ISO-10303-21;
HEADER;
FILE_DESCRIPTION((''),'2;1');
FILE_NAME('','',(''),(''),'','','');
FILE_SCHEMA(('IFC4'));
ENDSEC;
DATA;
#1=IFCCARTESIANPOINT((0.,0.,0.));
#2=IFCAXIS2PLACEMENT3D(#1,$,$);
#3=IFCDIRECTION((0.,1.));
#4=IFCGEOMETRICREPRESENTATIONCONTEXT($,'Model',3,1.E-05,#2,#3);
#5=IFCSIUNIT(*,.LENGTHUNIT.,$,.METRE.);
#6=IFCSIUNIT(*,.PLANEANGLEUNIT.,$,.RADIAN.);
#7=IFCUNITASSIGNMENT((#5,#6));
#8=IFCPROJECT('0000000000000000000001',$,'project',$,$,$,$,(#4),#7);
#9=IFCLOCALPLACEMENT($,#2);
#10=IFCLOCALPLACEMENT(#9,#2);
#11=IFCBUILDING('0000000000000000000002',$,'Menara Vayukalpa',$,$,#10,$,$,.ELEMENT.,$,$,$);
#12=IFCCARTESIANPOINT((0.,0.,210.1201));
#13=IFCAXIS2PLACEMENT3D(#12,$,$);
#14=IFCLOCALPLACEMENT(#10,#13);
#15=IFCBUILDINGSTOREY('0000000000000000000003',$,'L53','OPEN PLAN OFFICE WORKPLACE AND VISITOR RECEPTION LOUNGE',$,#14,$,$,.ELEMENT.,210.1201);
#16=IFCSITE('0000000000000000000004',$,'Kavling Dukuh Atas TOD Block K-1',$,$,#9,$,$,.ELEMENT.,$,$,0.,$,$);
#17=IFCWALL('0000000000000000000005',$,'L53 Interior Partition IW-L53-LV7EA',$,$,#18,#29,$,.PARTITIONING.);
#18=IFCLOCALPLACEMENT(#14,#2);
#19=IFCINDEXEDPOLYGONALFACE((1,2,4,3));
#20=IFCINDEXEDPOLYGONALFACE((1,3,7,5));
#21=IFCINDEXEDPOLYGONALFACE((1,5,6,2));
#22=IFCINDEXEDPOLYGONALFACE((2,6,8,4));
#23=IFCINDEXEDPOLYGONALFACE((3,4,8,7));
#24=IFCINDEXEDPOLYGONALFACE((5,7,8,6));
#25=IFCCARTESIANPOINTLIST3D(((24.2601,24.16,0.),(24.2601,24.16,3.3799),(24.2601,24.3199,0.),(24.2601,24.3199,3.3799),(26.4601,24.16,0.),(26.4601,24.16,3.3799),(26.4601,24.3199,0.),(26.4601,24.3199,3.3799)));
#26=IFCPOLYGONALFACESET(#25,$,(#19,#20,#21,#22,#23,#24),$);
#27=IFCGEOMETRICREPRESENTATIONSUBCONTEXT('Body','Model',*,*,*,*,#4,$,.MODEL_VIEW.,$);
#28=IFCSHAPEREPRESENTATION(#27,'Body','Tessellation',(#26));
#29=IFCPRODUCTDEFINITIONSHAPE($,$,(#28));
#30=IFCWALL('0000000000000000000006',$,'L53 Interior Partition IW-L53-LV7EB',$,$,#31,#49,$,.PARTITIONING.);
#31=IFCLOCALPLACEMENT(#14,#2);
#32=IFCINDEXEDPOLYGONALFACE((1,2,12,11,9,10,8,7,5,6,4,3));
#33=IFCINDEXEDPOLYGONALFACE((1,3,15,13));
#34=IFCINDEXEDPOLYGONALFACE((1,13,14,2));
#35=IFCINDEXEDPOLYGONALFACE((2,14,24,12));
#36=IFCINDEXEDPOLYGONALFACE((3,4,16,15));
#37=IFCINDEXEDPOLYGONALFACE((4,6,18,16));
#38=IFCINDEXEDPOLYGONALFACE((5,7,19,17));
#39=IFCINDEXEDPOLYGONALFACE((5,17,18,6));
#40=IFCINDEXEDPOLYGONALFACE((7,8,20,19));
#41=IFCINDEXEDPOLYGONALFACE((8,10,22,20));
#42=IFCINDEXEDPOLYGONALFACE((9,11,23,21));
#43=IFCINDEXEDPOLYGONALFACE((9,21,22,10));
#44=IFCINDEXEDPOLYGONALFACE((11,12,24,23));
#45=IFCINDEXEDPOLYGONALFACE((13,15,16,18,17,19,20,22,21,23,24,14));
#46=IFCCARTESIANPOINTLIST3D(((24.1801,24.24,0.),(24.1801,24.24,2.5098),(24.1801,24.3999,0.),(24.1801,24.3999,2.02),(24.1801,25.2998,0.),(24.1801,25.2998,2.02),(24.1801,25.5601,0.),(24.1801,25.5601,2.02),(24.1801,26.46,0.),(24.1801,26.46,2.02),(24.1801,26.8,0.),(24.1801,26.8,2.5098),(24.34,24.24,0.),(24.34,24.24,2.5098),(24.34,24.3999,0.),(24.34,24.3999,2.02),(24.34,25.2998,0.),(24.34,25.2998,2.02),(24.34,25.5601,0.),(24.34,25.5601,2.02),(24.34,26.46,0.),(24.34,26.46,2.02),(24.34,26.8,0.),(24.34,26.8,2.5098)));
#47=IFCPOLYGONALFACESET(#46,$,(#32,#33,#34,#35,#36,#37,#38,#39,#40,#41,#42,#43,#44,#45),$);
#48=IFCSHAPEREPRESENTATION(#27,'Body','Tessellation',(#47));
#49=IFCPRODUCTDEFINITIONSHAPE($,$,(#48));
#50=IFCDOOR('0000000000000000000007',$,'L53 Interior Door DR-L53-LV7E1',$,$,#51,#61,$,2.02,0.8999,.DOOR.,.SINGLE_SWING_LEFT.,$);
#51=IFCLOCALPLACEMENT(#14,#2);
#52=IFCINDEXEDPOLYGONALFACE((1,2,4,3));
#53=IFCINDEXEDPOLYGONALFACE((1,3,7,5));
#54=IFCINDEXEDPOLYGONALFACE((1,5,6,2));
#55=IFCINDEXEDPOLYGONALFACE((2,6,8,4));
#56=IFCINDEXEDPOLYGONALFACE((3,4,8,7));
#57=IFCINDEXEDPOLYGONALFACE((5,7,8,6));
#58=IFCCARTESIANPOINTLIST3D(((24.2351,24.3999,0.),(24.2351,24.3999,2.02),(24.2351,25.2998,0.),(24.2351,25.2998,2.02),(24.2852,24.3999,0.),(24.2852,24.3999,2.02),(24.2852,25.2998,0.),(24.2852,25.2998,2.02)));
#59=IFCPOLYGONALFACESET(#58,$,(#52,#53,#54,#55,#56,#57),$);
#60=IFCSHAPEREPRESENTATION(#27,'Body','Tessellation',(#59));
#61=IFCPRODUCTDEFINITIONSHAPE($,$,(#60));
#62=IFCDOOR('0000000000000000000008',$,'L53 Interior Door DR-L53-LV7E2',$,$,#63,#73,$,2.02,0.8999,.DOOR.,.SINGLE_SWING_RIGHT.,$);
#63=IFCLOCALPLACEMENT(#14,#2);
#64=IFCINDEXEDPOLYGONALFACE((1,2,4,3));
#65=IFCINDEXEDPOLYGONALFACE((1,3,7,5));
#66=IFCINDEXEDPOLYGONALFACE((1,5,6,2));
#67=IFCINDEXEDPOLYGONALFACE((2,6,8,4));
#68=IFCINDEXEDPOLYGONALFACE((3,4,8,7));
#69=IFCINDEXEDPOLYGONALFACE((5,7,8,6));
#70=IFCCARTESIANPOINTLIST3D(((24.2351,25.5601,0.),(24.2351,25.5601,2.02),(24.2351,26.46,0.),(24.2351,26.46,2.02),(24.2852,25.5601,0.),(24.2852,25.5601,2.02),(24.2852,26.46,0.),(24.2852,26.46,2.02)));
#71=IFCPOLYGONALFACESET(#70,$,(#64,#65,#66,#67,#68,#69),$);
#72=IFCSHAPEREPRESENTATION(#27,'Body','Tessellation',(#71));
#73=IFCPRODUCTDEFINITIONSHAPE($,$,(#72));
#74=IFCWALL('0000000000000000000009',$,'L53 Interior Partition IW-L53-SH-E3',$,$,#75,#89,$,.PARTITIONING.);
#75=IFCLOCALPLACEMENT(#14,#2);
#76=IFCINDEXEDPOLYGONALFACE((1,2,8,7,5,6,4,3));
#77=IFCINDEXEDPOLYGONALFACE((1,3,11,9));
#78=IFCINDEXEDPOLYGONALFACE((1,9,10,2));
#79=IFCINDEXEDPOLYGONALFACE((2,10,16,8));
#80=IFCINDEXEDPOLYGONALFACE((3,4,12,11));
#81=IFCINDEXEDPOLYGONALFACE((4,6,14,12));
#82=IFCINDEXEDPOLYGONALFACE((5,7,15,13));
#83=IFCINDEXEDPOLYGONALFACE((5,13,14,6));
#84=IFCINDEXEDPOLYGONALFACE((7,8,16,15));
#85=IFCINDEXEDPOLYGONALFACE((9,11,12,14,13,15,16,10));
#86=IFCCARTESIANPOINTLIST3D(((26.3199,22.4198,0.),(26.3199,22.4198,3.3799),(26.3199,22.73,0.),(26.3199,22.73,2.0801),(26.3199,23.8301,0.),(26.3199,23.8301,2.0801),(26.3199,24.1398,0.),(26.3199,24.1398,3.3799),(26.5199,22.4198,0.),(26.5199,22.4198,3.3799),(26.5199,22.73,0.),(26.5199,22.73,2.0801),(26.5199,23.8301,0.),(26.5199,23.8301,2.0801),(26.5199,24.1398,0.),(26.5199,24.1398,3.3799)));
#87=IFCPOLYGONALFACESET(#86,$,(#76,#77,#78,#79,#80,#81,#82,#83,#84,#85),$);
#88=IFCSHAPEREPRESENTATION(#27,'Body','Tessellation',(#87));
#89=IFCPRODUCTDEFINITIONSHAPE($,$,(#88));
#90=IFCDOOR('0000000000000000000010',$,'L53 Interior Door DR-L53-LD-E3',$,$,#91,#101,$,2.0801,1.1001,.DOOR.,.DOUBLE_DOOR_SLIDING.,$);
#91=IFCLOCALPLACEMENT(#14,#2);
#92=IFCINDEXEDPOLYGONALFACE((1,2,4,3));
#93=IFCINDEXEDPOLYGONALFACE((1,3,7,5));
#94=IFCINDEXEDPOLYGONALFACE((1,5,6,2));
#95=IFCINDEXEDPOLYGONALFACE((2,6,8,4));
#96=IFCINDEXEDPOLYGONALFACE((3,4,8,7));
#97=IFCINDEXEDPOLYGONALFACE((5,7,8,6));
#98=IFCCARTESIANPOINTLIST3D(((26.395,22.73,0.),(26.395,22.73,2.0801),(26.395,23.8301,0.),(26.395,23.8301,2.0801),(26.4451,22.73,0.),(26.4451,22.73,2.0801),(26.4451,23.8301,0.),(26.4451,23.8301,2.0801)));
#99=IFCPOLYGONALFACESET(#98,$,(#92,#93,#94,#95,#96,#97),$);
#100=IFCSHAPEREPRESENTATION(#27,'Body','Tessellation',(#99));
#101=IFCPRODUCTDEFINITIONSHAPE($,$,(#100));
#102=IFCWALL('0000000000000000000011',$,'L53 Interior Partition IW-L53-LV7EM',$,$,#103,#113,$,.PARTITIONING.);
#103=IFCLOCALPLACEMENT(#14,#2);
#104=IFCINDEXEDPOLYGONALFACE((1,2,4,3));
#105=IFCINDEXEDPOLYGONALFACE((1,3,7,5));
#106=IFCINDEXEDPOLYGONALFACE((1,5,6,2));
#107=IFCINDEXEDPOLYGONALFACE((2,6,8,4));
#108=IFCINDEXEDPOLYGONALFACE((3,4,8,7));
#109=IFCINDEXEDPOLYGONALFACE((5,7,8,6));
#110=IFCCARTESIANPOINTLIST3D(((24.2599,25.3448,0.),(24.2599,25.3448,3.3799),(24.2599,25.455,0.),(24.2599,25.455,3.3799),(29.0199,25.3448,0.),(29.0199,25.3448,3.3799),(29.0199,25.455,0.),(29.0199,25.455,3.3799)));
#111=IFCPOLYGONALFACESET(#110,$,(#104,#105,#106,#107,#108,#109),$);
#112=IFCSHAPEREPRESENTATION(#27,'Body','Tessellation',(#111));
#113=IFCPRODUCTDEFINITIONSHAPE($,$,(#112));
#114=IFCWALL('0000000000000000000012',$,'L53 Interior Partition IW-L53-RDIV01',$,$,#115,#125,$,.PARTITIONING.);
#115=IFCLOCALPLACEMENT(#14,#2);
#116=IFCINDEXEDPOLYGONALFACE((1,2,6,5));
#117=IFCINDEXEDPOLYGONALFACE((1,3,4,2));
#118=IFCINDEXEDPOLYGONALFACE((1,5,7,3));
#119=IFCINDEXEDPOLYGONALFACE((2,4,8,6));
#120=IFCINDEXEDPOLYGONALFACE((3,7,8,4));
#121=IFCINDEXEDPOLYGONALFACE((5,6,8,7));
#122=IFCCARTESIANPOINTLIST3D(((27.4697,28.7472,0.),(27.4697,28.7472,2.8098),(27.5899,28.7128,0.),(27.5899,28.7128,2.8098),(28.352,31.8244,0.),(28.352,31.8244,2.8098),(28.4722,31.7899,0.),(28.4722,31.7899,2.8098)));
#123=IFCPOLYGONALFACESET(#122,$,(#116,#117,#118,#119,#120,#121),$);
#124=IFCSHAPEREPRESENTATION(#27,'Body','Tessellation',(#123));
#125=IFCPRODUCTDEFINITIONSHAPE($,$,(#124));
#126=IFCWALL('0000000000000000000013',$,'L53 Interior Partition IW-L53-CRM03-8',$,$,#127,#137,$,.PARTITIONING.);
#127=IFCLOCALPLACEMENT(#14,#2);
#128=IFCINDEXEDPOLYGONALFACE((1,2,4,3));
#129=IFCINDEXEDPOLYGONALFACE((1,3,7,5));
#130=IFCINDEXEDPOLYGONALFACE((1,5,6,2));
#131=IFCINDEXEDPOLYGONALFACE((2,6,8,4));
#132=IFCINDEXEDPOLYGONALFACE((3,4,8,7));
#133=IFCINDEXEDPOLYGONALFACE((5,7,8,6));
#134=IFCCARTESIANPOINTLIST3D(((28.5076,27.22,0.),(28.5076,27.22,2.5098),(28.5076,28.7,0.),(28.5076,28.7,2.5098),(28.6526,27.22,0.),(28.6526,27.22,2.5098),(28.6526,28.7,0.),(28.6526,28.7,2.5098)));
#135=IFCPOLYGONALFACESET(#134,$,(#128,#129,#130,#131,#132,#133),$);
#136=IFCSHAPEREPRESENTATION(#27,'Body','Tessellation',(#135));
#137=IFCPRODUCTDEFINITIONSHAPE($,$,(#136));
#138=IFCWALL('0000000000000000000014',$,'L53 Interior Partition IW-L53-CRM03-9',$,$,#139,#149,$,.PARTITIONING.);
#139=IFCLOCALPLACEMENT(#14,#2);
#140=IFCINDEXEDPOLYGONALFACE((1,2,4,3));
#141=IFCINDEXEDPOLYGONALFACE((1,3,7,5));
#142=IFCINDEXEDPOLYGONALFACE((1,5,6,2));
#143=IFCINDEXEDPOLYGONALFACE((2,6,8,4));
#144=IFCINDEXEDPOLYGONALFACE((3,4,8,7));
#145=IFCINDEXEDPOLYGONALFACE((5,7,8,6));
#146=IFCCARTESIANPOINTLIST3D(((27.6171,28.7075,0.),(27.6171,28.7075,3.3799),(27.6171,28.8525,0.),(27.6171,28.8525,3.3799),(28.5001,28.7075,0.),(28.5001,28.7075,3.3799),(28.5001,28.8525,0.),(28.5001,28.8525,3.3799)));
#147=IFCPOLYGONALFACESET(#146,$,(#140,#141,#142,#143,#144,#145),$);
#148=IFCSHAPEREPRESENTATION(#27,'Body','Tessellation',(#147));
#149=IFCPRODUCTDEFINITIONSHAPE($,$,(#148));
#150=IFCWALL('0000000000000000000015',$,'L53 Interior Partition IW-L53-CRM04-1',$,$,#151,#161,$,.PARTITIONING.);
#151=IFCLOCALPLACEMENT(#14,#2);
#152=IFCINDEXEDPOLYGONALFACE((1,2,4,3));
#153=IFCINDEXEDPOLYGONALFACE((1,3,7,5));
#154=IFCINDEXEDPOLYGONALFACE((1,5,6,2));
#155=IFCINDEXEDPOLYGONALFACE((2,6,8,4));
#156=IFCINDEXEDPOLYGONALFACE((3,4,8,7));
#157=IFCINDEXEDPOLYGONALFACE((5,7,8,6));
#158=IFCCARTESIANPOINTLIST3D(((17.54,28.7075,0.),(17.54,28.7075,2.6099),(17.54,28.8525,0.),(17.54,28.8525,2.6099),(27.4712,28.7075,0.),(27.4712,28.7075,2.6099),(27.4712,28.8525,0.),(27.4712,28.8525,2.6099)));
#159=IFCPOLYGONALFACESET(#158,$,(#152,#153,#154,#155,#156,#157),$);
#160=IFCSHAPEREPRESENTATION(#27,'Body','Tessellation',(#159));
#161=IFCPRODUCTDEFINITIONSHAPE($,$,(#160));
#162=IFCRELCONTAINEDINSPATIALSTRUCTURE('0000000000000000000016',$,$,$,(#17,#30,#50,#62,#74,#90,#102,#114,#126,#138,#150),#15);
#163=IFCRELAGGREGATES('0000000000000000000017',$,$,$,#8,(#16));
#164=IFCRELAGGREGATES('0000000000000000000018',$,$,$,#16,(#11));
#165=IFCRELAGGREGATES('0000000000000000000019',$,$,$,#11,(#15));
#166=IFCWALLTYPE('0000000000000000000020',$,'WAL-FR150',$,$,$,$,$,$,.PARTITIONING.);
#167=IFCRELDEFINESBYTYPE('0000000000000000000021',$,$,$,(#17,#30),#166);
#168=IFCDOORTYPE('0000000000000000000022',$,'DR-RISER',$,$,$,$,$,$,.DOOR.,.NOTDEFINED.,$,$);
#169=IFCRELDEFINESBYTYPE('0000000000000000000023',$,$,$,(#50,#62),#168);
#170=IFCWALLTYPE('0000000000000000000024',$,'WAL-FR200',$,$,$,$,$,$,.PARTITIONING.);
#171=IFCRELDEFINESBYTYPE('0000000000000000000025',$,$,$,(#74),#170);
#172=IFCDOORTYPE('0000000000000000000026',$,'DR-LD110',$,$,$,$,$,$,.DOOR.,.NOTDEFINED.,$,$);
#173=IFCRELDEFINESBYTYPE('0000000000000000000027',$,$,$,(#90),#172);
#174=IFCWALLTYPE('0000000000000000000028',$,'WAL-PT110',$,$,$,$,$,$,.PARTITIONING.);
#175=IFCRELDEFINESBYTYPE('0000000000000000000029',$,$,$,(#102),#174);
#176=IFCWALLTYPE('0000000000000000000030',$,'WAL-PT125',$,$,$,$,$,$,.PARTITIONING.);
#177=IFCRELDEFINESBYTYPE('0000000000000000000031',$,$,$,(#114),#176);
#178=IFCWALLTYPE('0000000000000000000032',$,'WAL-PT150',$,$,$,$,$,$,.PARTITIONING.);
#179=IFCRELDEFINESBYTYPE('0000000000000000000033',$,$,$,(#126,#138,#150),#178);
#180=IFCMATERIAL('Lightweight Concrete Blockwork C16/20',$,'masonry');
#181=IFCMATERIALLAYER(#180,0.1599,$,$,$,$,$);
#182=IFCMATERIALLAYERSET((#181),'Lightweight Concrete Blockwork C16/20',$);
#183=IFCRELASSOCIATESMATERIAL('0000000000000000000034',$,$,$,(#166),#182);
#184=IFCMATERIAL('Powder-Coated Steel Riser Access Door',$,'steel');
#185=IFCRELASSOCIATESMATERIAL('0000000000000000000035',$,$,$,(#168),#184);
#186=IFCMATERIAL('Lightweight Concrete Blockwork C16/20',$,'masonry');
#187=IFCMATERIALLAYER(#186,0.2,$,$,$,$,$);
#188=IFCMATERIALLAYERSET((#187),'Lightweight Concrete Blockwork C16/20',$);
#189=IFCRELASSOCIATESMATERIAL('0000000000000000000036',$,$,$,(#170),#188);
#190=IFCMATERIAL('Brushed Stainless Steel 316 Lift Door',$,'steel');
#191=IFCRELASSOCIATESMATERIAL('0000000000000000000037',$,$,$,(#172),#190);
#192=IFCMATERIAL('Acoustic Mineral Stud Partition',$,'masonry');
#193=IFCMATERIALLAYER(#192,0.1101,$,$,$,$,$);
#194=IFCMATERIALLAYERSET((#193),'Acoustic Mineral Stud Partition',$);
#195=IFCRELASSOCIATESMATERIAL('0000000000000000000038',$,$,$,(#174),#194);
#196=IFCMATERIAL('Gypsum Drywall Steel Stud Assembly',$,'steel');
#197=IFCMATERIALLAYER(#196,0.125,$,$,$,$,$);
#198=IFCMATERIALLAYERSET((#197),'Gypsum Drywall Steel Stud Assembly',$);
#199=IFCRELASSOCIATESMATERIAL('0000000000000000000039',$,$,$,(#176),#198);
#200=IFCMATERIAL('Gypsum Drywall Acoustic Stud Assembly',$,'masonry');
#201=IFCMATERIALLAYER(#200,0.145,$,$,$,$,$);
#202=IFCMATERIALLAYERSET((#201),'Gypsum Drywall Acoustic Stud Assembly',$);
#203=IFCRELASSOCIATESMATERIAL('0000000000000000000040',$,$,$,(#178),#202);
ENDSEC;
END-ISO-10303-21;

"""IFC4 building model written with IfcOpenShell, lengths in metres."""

from ifc_helpers import new_model, si_unit, direction, frame, frame_2d, origin, place, context, subcontext, project, spatial, rectangle, extrude, material, layer, layer_set, type_object, element, fill, save


model = new_model("IFC4")

# Units and contexts
model_context = context("Model", 3, precision=1e-05, world=origin(), true_north=direction((0.0, 1.0)))
body_context = subcontext(model_context, "Body", "Model", "MODEL_VIEW")
ifc_project = project(units=[si_unit("LENGTHUNIT", "METRE"), si_unit("PLANEANGLEUNIT", "RADIAN")], contexts=[model_context])

# Site, building, storey
site_placement = place(None, origin())
site = spatial("IfcSite", under=ifc_project, at=site_placement, Name="Kavling Dukuh Atas TOD Block K-1", CompositionType="ELEMENT", RefElevation=0.0)
building_placement = place(site_placement, origin())
building = spatial("IfcBuilding", under=site, at=building_placement, Name="Menara Vayukalpa", CompositionType="ELEMENT")
storey_placement = place(building_placement, frame((0.0, 0.0, 210.1201)))
storey = spatial("IfcBuildingStorey", under=building, at=storey_placement, Name="L53", Description="OPEN PLAN OFFICE WORKPLACE AND VISITOR RECEPTION LOUNGE", CompositionType="ELEMENT", Elevation=210.1201)

# Shared definitions
ifc_material_1 = material(Name="Lightweight Concrete Blockwork C16/20", Category="masonry")
ifc_layer_1 = layer(ifc_material_1, 0.1599)
ifc_layer_set_1 = layer_set([ifc_layer_1], Name="Lightweight Concrete Blockwork C16/20")
wall_type_1 = type_object("IfcWallType", Name="WAL-FR150", PredefinedType="PARTITIONING", material=ifc_layer_set_1)

# Wall
wall_1_placement = place(storey_placement, frame((24.26, 24.24, 0.0), z_axis=(0.0, 0.0, 1.0), x_axis=(1.0, 0.0, 0.0)))
element("IfcWall", 1, at=wall_1_placement, inside=storey, type_object=wall_type_1, Name="L53 Interior Partition IW-L53-LV7EA", PredefinedType="PARTITIONING", context=body_context, shape_type="SweptSolid", body=[
    extrude(rectangle(XDim=2.2, YDim=0.1599, at=frame_2d((1.1001, 0.0))), origin(), (0.0, 0.0, 1.0), 3.3799),
])

# Wall, openings, doors
wall_2_placement = place(storey_placement, frame((24.26, 24.24, 0.0), z_axis=(0.0, 0.0, 1.0), x_axis=(0.0, 1.0, 0.0)))
wall_2 = element("IfcWall", 2, at=wall_2_placement, inside=storey, type_object=wall_type_1, Name="L53 Interior Partition IW-L53-LV7EB", PredefinedType="PARTITIONING", context=body_context, shape_type="SweptSolid", body=[
    extrude(rectangle(XDim=2.5601, YDim=0.1599, at=frame_2d((1.28, 0.0))), origin(), (0.0, 0.0, 1.0), 2.5098),
])
opening_1_placement = place(wall_2_placement, frame((0.1599, 0.0, 0.0)))
opening_1 = element("IfcOpeningElement", 3, at=opening_1_placement, cuts=wall_2, PredefinedType="OPENING", context=body_context, shape_type="SweptSolid", body=[
    extrude(rectangle(XDim=0.8999, YDim=2.02, at=frame_2d((0.45, 1.01))), frame((0.0, 0.0898, 0.0), z_axis=(0.0, -1.0, 0.0), x_axis=(1.0, 0.0, 0.0)), (0.0, 0.0, 1.0), 0.1799),
])
opening_2_placement = place(wall_2_placement, frame((1.3201, 0.0, 0.0)))
opening_2 = element("IfcOpeningElement", 4, at=opening_2_placement, cuts=wall_2, PredefinedType="OPENING", context=body_context, shape_type="SweptSolid", body=[
    extrude(rectangle(XDim=0.8999, YDim=2.02, at=frame_2d((0.45, 1.01))), frame((0.0, 0.0898, 0.0), z_axis=(0.0, -1.0, 0.0), x_axis=(1.0, 0.0, 0.0)), (0.0, 0.0, 1.0), 0.1799),
])
ifc_material_2 = material(Name="Powder-Coated Steel Riser Access Door", Category="steel")
door_type_1 = type_object("IfcDoorType", Name="DR-RISER", OperationType="NOTDEFINED", PredefinedType="DOOR", material=ifc_material_2)
door_1_placement = place(opening_1_placement, origin())
door_1 = element("IfcDoor", 5, at=door_1_placement, inside=storey, type_object=door_type_1, Name="L53 Interior Door DR-L53-LV7E1", OperationType="SINGLE_SWING_LEFT", OverallHeight=2.02, OverallWidth=0.8999, PredefinedType="DOOR", context=body_context, shape_type="SweptSolid", body=[
    extrude(rectangle(XDim=0.8999, YDim=2.02, at=frame_2d((0.45, 1.01))), frame((0.0, 0.0249, 0.0), z_axis=(0.0, -1.0, 0.0), x_axis=(1.0, 0.0, 0.0)), (0.0, 0.0, 1.0), 0.05),
])
fill(opening_1, door_1)
door_2_placement = place(opening_2_placement, origin())
door_2 = element("IfcDoor", 6, at=door_2_placement, inside=storey, type_object=door_type_1, Name="L53 Interior Door DR-L53-LV7E2", OperationType="SINGLE_SWING_RIGHT", OverallHeight=2.02, OverallWidth=0.8999, PredefinedType="DOOR", context=body_context, shape_type="SweptSolid", body=[
    extrude(rectangle(XDim=0.8999, YDim=2.02, at=frame_2d((0.45, 1.01))), frame((0.0, 0.0249, 0.0), z_axis=(0.0, -1.0, 0.0), x_axis=(1.0, 0.0, 0.0)), (0.0, 0.0, 1.0), 0.05),
])
fill(opening_2, door_2)

# Wall, opening, door
ifc_material_3 = material(Name="Lightweight Concrete Blockwork C16/20", Category="masonry")
ifc_layer_2 = layer(ifc_material_3, 0.2)
ifc_layer_set_2 = layer_set([ifc_layer_2], Name="Lightweight Concrete Blockwork C16/20")
wall_type_2 = type_object("IfcWallType", Name="WAL-FR200", PredefinedType="PARTITIONING", material=ifc_layer_set_2)
wall_3_placement = place(storey_placement, frame((26.4199, 22.4199, 0.0), z_axis=(0.0, 0.0, 1.0), x_axis=(0.0, 1.0, 0.0)))
wall_3 = element("IfcWall", 7, at=wall_3_placement, inside=storey, type_object=wall_type_2, Name="L53 Interior Partition IW-L53-SH-E3", PredefinedType="PARTITIONING", context=body_context, shape_type="SweptSolid", body=[
    extrude(rectangle(XDim=1.72, YDim=0.2, at=frame_2d((0.8599, 0.0))), origin(), (0.0, 0.0, 1.0), 3.3799),
])
opening_3_placement = place(wall_3_placement, frame((0.3101, 0.0, 0.0)))
opening_3 = element("IfcOpeningElement", 8, at=opening_3_placement, cuts=wall_3, PredefinedType="OPENING", context=body_context, shape_type="SweptSolid", body=[
    extrude(rectangle(XDim=1.1001, YDim=2.0801, at=frame_2d((0.55, 1.04))), frame((0.0, 0.1099, 0.0), z_axis=(0.0, -1.0, 0.0), x_axis=(1.0, 0.0, 0.0)), (0.0, 0.0, 1.0), 0.22),
])
ifc_material_4 = material(Name="Brushed Stainless Steel 316 Lift Door", Category="steel")
door_type_2 = type_object("IfcDoorType", Name="DR-LD110", OperationType="NOTDEFINED", PredefinedType="DOOR", material=ifc_material_4)
door_3_placement = place(opening_3_placement, origin())
door_3 = element("IfcDoor", 9, at=door_3_placement, inside=storey, type_object=door_type_2, Name="L53 Interior Door DR-L53-LD-E3", OperationType="DOUBLE_DOOR_SLIDING", OverallHeight=2.0801, OverallWidth=1.1001, PredefinedType="DOOR", context=body_context, shape_type="SweptSolid", body=[
    extrude(rectangle(XDim=1.1001, YDim=2.0801, at=frame_2d((0.55, 1.04))), frame((0.0, 0.0249, 0.0), z_axis=(0.0, -1.0, 0.0), x_axis=(1.0, 0.0, 0.0)), (0.0, 0.0, 1.0), 0.05),
])
fill(opening_3, door_3)

# Walls
ifc_material_5 = material(Name="Acoustic Mineral Stud Partition", Category="masonry")
ifc_layer_3 = layer(ifc_material_5, 0.1101)
ifc_layer_set_3 = layer_set([ifc_layer_3], Name="Acoustic Mineral Stud Partition")
wall_type_3 = type_object("IfcWallType", Name="WAL-PT110", PredefinedType="PARTITIONING", material=ifc_layer_set_3)
wall_4_placement = place(storey_placement, frame((24.26, 25.3999, 0.0), z_axis=(0.0, 0.0, 1.0), x_axis=(1.0, 0.0, 0.0)))
element("IfcWall", 10, at=wall_4_placement, inside=storey, type_object=wall_type_3, Name="L53 Interior Partition IW-L53-LV7EM", PredefinedType="PARTITIONING", context=body_context, shape_type="SweptSolid", body=[
    extrude(rectangle(XDim=4.76, YDim=0.1101, at=frame_2d((2.3799, 0.0))), origin(), (0.0, 0.0, 1.0), 3.3799),
])
ifc_material_6 = material(Name="Gypsum Drywall Steel Stud Assembly", Category="steel")
ifc_layer_4 = layer(ifc_material_6, 0.125)
ifc_layer_set_4 = layer_set([ifc_layer_4], Name="Gypsum Drywall Steel Stud Assembly")
wall_type_4 = type_object("IfcWallType", Name="WAL-PT125", PredefinedType="PARTITIONING", material=ifc_layer_set_4)
wall_5_placement = place(storey_placement, frame((27.5298, 28.73, 0.0), z_axis=(0.0, 0.0, 1.0), x_axis=(0.275628, 0.961265, 0.0)))
element("IfcWall", 11, at=wall_5_placement, inside=storey, type_object=wall_type_4, Name="L53 Interior Partition IW-L53-RDIV01", PredefinedType="PARTITIONING", context=body_context, shape_type="SweptSolid", body=[
    extrude(rectangle(XDim=3.2012, YDim=0.125, at=frame_2d((1.6006, 0.0))), origin(), (0.0, 0.0, 1.0), 2.8098),
])
ifc_material_7 = material(Name="Gypsum Drywall Acoustic Stud Assembly", Category="masonry")
ifc_layer_5 = layer(ifc_material_7, 0.145)
ifc_layer_set_5 = layer_set([ifc_layer_5], Name="Gypsum Drywall Acoustic Stud Assembly")
wall_type_5 = type_object("IfcWallType", Name="WAL-PT150", PredefinedType="PARTITIONING", material=ifc_layer_set_5)
wall_6_placement = place(storey_placement, frame((28.5801, 27.22, 0.0), z_axis=(0.0, 0.0, 1.0), x_axis=(0.0, 1.0, 0.0)))
element("IfcWall", 12, at=wall_6_placement, inside=storey, type_object=wall_type_5, Name="L53 Interior Partition IW-L53-CRM03-8", PredefinedType="PARTITIONING", context=body_context, shape_type="SweptSolid", body=[
    extrude(rectangle(XDim=1.48, YDim=0.145, at=frame_2d((0.74, 0.0))), origin(), (0.0, 0.0, 1.0), 2.5098),
])
wall_7_placement = place(storey_placement, frame((28.5, 28.78, 0.0), z_axis=(0.0, 0.0, 1.0), x_axis=(-1.0, 0.0, 0.0)))
element("IfcWall", 13, at=wall_7_placement, inside=storey, type_object=wall_type_5, Name="L53 Interior Partition IW-L53-CRM03-9", PredefinedType="PARTITIONING", context=body_context, shape_type="SweptSolid", body=[
    extrude(rectangle(XDim=0.8831, YDim=0.145, at=frame_2d((0.4414, 0.0))), origin(), (0.0, 0.0, 1.0), 3.3799),
])
wall_8_placement = place(storey_placement, frame((27.4712, 28.78, 0.0), z_axis=(0.0, 0.0, 1.0), x_axis=(-1.0, 0.0, 0.0)))
element("IfcWall", 14, at=wall_8_placement, inside=storey, type_object=wall_type_5, Name="L53 Interior Partition IW-L53-CRM04-1", PredefinedType="PARTITIONING", context=body_context, shape_type="SweptSolid", body=[
    extrude(rectangle(XDim=9.9312, YDim=0.145, at=frame_2d((4.9656, 0.0))), origin(), (0.0, 0.0, 1.0), 2.6099),
])

save(model, "model.ifc")
